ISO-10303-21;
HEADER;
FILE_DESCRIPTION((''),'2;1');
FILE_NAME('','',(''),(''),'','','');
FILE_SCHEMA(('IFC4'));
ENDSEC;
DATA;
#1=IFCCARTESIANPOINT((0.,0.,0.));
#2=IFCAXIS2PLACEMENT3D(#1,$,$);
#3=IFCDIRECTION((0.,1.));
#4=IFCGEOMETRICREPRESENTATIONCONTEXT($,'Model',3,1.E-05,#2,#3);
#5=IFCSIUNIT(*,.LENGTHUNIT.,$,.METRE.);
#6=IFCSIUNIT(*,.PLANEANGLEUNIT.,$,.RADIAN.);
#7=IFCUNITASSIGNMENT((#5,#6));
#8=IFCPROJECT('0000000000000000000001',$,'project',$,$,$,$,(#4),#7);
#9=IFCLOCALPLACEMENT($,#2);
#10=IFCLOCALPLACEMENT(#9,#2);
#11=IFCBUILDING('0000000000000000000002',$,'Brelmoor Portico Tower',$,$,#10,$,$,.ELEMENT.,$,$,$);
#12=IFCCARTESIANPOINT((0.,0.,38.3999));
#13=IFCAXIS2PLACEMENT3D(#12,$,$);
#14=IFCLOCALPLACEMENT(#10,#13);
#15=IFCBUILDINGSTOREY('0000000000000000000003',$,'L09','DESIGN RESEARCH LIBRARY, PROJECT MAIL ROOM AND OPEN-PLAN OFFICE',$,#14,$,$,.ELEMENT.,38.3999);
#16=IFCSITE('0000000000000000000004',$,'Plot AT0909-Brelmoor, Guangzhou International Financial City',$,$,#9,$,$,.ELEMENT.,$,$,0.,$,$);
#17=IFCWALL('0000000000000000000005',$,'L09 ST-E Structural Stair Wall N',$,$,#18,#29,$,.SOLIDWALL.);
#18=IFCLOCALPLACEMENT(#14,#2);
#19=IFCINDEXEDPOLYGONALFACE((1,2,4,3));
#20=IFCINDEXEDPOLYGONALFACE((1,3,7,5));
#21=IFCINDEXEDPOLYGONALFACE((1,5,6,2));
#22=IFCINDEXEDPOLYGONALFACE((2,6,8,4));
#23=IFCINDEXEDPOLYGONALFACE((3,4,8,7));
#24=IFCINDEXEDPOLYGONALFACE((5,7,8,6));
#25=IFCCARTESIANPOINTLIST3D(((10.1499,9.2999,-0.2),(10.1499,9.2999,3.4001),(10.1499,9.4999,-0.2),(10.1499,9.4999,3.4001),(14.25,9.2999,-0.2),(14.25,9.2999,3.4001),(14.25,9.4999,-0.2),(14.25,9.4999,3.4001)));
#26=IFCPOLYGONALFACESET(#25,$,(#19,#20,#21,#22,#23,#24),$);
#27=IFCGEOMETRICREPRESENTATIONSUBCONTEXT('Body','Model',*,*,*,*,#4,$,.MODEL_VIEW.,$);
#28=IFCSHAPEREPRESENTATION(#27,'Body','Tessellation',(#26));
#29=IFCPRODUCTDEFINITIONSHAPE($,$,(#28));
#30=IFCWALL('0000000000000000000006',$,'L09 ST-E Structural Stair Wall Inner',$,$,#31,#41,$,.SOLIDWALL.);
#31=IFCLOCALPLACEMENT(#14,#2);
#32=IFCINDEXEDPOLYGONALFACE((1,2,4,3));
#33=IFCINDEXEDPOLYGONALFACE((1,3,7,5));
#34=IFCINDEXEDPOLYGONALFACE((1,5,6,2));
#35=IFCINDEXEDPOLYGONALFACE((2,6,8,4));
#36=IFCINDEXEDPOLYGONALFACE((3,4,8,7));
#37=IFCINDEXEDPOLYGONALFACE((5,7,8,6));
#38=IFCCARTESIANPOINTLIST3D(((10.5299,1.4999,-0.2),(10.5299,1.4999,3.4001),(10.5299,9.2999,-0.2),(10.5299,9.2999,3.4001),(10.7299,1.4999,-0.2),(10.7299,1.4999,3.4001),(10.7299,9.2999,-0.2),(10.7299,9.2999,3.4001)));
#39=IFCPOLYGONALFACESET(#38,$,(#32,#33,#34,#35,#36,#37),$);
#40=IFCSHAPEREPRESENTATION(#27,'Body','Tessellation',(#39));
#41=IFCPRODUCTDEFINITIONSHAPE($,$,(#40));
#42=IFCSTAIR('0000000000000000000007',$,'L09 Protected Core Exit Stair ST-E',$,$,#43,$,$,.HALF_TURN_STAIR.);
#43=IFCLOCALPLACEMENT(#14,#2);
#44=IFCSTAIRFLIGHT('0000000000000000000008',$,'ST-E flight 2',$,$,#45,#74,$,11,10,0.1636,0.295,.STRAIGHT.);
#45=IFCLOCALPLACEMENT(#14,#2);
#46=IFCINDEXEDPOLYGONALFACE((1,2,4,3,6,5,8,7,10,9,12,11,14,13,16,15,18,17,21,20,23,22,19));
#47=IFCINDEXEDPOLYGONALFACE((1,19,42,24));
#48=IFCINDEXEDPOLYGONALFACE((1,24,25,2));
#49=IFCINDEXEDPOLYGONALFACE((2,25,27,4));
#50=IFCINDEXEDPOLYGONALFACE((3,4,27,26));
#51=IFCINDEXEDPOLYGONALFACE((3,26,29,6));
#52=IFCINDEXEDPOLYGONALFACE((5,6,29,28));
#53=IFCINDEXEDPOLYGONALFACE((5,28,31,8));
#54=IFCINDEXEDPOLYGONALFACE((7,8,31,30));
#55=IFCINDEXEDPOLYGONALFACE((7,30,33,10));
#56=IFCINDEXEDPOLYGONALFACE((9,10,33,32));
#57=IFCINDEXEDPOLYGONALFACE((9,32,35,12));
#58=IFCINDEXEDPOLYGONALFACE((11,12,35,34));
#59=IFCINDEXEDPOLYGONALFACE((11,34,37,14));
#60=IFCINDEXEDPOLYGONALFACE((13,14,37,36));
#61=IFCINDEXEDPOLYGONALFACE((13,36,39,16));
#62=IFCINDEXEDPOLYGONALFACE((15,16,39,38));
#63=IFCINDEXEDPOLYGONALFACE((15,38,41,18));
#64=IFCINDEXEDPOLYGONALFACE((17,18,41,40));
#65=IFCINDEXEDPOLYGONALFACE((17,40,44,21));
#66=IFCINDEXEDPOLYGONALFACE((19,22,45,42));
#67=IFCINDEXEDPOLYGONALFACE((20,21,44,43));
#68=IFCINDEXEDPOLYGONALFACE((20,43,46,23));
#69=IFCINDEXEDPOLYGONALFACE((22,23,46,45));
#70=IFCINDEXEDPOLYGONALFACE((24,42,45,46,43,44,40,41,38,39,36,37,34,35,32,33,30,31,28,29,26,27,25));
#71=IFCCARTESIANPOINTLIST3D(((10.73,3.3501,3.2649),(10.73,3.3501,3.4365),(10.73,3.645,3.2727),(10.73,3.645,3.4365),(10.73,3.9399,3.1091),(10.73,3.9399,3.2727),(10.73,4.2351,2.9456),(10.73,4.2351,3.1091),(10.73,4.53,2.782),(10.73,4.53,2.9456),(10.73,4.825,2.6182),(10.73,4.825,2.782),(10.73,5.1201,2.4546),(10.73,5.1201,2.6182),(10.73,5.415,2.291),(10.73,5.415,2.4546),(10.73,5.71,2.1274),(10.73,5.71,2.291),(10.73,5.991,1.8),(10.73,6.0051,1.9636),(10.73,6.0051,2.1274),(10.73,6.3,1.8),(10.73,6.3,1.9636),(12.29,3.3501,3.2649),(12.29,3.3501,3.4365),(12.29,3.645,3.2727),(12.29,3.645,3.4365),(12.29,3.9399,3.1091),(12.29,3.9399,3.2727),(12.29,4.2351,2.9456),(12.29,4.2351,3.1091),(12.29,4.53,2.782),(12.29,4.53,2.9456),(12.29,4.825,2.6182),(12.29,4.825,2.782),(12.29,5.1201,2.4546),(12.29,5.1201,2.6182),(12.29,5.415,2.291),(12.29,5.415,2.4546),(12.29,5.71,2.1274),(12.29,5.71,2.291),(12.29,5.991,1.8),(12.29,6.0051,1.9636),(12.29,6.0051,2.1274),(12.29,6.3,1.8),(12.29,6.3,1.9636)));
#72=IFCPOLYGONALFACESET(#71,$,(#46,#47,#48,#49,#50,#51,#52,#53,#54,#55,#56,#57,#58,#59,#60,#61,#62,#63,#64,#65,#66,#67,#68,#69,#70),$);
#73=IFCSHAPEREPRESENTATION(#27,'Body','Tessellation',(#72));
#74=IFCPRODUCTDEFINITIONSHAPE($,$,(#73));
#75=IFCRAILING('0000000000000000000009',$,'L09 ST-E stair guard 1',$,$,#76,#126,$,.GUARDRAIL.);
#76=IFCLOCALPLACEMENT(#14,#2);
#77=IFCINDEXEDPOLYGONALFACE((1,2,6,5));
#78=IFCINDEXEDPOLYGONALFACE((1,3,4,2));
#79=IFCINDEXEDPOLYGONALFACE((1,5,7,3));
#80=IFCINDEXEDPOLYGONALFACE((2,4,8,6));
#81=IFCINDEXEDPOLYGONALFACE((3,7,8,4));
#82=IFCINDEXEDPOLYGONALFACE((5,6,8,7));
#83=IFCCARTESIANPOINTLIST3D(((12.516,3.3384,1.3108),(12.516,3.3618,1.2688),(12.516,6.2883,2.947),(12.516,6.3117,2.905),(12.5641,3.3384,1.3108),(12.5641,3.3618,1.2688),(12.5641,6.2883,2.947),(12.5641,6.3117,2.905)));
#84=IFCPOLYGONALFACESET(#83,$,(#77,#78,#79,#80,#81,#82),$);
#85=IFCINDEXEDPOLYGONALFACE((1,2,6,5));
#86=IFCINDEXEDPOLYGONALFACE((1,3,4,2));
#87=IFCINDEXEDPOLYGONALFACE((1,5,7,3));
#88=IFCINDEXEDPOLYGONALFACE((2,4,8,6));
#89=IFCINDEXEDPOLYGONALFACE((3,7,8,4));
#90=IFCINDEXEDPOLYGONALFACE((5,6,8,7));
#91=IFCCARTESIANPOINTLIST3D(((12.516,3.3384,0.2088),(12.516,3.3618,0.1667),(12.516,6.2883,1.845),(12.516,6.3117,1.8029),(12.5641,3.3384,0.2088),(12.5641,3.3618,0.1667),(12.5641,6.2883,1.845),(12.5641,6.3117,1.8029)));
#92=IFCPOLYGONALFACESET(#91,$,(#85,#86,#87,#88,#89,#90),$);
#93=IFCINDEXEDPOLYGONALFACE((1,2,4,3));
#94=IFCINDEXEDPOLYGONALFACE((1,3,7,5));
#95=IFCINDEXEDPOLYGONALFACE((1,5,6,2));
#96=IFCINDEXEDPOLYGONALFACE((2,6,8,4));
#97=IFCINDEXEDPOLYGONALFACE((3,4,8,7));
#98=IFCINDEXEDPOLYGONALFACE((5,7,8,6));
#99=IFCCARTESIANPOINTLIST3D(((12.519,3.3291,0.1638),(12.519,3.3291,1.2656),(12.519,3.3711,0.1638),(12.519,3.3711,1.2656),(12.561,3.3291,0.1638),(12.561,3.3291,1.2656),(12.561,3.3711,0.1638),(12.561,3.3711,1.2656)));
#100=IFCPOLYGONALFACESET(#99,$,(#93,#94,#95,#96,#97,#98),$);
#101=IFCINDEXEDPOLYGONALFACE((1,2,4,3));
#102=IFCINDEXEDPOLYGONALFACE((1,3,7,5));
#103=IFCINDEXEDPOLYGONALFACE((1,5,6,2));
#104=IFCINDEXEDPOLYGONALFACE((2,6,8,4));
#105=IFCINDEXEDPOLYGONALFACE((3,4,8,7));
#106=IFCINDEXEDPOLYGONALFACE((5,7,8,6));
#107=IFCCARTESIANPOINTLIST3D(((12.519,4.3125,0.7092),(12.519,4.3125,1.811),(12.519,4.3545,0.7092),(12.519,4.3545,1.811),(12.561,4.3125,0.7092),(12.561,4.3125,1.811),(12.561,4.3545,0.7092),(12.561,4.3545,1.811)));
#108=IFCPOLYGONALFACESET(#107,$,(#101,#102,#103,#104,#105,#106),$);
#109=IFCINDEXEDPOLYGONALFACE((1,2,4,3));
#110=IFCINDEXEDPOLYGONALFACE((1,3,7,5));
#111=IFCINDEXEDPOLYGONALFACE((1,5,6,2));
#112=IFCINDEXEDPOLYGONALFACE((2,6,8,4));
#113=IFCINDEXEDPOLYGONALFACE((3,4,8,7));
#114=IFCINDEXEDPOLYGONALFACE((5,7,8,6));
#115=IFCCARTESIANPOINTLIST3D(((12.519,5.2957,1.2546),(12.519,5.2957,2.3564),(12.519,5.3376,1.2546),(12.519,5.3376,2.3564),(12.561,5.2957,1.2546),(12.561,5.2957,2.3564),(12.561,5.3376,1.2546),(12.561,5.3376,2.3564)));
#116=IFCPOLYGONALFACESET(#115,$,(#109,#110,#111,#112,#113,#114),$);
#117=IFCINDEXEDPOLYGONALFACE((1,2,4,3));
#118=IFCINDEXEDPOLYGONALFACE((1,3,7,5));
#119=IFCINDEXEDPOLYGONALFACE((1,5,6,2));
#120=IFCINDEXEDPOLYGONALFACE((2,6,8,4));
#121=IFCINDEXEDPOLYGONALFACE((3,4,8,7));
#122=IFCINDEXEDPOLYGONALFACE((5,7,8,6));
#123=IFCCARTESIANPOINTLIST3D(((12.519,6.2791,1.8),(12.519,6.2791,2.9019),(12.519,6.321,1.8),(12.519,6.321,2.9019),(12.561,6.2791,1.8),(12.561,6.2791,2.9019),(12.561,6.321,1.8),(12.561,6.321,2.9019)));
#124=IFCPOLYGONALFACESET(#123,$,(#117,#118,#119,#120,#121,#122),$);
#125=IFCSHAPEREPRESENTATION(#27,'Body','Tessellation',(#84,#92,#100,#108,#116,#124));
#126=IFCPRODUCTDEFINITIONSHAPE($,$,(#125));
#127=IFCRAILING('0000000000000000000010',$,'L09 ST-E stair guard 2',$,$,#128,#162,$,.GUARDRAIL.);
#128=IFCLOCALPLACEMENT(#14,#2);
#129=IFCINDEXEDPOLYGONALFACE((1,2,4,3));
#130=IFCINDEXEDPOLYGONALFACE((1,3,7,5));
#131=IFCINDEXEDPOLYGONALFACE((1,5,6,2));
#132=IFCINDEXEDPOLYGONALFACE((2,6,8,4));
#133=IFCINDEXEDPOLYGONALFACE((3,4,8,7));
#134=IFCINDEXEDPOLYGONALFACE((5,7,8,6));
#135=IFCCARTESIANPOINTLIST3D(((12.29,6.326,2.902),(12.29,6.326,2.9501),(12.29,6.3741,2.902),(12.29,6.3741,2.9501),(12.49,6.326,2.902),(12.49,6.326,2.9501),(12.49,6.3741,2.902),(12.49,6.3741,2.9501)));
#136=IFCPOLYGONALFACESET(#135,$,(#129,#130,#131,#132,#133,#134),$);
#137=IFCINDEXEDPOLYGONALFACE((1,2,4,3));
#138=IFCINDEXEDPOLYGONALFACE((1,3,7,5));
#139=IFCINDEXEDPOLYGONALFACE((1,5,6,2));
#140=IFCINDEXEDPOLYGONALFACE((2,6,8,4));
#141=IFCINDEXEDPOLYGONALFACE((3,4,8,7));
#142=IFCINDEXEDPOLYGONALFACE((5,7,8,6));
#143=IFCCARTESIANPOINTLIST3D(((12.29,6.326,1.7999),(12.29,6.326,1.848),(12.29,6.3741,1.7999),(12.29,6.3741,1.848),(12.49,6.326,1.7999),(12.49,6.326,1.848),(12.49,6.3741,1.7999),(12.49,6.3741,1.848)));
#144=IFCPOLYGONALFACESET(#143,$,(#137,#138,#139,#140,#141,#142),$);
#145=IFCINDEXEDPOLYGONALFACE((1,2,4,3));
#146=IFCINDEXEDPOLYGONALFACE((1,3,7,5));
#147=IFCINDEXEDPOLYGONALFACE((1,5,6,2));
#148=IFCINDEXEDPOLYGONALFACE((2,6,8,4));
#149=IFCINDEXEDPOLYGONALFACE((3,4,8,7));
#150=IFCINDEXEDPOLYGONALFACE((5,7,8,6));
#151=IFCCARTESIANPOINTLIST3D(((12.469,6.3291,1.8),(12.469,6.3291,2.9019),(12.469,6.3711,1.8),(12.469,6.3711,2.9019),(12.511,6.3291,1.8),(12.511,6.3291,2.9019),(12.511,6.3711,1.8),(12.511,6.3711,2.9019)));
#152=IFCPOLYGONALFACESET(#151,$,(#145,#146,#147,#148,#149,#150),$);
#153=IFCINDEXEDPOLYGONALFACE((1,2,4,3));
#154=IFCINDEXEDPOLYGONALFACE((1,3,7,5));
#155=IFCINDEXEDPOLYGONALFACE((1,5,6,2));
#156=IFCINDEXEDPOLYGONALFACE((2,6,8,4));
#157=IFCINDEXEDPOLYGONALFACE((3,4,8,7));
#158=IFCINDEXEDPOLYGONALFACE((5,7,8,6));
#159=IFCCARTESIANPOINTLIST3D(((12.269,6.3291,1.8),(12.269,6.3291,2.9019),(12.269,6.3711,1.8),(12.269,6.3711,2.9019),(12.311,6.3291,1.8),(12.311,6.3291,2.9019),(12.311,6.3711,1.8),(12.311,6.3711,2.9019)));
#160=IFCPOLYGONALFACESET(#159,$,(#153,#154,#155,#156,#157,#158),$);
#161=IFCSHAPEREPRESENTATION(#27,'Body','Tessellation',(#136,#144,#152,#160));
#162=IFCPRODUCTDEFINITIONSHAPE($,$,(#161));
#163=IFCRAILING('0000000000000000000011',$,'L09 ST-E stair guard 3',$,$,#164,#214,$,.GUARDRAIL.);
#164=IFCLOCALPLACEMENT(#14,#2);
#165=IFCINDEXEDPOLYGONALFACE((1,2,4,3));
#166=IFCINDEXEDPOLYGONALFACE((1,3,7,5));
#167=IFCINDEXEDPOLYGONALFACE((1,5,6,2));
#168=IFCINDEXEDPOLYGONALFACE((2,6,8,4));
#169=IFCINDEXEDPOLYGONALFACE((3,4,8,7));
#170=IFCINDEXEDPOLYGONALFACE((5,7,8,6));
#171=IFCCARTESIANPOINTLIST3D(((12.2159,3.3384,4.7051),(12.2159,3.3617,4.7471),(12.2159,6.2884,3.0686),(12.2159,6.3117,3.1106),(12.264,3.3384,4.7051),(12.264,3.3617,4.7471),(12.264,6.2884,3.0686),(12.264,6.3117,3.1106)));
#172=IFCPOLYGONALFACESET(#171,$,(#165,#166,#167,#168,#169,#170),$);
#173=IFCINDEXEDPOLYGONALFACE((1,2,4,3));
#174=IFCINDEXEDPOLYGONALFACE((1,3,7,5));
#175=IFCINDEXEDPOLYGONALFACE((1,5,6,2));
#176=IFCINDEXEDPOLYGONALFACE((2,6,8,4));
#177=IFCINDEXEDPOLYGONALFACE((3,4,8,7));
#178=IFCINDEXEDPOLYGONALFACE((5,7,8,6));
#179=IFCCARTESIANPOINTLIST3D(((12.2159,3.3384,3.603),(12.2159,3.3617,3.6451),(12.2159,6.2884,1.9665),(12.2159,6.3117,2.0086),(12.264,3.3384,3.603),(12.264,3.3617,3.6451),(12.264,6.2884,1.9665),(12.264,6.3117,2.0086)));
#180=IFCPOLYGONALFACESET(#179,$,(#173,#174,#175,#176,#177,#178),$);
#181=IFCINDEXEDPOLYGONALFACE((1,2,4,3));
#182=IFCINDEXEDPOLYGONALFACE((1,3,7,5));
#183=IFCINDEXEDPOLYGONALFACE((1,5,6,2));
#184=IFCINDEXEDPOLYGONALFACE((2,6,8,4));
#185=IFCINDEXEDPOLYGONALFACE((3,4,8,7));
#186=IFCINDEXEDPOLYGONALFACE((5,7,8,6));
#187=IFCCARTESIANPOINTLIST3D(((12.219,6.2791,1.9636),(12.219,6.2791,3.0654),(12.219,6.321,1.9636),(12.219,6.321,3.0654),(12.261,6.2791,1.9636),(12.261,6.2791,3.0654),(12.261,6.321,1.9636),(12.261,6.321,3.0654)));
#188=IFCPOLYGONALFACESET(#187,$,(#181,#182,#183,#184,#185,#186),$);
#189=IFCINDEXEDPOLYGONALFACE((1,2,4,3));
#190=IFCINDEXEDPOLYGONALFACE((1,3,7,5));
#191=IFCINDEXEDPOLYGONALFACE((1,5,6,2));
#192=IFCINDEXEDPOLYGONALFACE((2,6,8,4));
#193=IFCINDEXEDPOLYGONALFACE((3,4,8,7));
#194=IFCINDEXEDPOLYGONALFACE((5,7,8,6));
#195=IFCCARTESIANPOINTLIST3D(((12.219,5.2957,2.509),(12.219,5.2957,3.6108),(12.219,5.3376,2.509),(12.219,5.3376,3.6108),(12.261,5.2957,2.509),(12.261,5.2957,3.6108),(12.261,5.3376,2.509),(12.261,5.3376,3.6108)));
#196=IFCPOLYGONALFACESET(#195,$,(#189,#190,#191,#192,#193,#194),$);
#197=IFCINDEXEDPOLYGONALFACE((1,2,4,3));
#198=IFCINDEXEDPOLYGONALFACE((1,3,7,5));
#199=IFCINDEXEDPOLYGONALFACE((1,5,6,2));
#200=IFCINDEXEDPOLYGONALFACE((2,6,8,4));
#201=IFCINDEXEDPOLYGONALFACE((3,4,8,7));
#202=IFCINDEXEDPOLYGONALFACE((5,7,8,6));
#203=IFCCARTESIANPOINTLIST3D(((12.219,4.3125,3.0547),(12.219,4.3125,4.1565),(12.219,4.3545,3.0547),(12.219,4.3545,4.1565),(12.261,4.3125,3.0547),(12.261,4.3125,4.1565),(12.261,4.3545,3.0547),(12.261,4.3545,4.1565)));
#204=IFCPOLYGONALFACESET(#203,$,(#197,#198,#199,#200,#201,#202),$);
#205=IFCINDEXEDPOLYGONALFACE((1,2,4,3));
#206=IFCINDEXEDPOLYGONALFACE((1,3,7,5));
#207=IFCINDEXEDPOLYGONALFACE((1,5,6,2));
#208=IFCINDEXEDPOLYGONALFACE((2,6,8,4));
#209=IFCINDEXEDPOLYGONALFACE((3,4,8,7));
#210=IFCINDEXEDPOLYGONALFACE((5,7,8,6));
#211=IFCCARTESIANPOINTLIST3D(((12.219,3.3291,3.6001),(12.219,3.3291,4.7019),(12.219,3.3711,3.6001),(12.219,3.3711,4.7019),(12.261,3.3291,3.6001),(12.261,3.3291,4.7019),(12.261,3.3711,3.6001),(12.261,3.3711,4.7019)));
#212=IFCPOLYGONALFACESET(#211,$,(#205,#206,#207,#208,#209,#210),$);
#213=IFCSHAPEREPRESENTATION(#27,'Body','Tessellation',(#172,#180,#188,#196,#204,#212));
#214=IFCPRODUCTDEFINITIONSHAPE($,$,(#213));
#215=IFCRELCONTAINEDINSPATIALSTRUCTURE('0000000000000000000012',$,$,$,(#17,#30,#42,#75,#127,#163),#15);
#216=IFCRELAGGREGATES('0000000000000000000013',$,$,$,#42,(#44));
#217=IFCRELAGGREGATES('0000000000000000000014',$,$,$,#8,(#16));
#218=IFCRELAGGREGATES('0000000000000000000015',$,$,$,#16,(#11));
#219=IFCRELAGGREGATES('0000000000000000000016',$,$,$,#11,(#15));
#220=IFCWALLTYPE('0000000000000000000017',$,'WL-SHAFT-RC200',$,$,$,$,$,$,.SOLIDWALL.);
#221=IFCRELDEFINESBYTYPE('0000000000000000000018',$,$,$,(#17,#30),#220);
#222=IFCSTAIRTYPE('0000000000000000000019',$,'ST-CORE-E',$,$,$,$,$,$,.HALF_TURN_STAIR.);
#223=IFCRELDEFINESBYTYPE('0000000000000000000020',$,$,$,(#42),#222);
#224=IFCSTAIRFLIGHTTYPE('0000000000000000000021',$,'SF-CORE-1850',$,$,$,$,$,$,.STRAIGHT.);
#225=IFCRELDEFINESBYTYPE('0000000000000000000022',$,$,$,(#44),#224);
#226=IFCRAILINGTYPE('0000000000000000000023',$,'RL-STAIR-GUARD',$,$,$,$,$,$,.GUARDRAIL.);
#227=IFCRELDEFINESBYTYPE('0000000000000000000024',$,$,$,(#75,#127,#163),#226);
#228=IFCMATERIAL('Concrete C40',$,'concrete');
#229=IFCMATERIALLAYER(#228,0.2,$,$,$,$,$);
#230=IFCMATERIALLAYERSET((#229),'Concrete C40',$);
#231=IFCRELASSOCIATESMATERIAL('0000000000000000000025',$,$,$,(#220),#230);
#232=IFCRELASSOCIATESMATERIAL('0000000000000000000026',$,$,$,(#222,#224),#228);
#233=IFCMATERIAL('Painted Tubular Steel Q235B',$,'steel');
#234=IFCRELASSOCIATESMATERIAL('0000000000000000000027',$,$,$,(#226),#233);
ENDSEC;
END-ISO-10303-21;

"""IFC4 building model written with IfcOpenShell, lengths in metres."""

from ifc_helpers import new_model, si_unit, direction, frame, frame_2d, origin, origin_2d, place, context, subcontext, project, spatial, polyline, rectangle, outline, extrude, material, layer, layer_set, type_object, element, aggregate, save


model = new_model("IFC4")

# Units and contexts
model_context = context("Model", 3, precision=1e-05, world=origin(), true_north=direction((0.0, 1.0)))
body_context = subcontext(model_context, "Body", "Model", "MODEL_VIEW")
ifc_project = project(units=[si_unit("LENGTHUNIT", "METRE"), si_unit("PLANEANGLEUNIT", "RADIAN")], contexts=[model_context])

# Site, building, storey
site_placement = place(None, origin())
site = spatial("IfcSite", under=ifc_project, at=site_placement, Name="Plot AT0909-Brelmoor, Guangzhou International Financial City", CompositionType="ELEMENT", RefElevation=0.0)
building_placement = place(site_placement, origin())
building = spatial("IfcBuilding", under=site, at=building_placement, Name="Brelmoor Portico Tower", CompositionType="ELEMENT")
storey_placement = place(building_placement, frame((0.0, 0.0, 38.3999)))
storey = spatial("IfcBuildingStorey", under=building, at=storey_placement, Name="L09", Description="DESIGN RESEARCH LIBRARY, PROJECT MAIL ROOM AND OPEN-PLAN OFFICE", CompositionType="ELEMENT", Elevation=38.3999)

# Shared definitions
ifc_material_1 = material(Name="Concrete C40", Category="concrete")
ifc_layer_1 = layer(ifc_material_1, 0.2)
ifc_layer_set_1 = layer_set([ifc_layer_1], Name="Concrete C40")
wall_type_1 = type_object("IfcWallType", Name="WL-SHAFT-RC200", PredefinedType="SOLIDWALL", material=ifc_layer_set_1)

# Walls
wall_1_placement = place(storey_placement, frame((10.1499, 9.3999, -0.2), z_axis=(0.0, 0.0, 1.0), x_axis=(1.0, 0.0, 0.0)))
element("IfcWall", 1, at=wall_1_placement, inside=storey, type_object=wall_type_1, Name="L09 ST-E Structural Stair Wall N", PredefinedType="SOLIDWALL", context=body_context, shape_type="SweptSolid", body=[
    extrude(rectangle(XDim=4.1001, YDim=0.2, at=frame_2d((2.05, 0.0))), origin(), (0.0, 0.0, 1.0), 3.6001),
])
wall_2_placement = place(storey_placement, frame((10.6299, 1.5, -0.2), z_axis=(0.0, 0.0, 1.0), x_axis=(0.0, 1.0, 0.0)))
element("IfcWall", 2, at=wall_2_placement, inside=storey, type_object=wall_type_1, Name="L09 ST-E Structural Stair Wall Inner", PredefinedType="SOLIDWALL", context=body_context, shape_type="SweptSolid", body=[
    extrude(rectangle(XDim=7.8, YDim=0.2, at=frame_2d((3.8999, 0.0))), origin(), (0.0, 0.0, 1.0), 3.6001),
])

# Stair, stair flight
stair_type = type_object("IfcStairType", Name="ST-CORE-E", PredefinedType="HALF_TURN_STAIR", material=ifc_material_1)
stair_placement = place(storey_placement, origin())
stair = element("IfcStair", 3, at=stair_placement, inside=storey, type_object=stair_type, Name="L09 Protected Core Exit Stair ST-E", PredefinedType="HALF_TURN_STAIR")
stair_flight_type = type_object("IfcStairFlightType", Name="SF-CORE-1850", PredefinedType="STRAIGHT", material=ifc_material_1)
stair_flight_placement = place(storey_placement, frame((11.51, 6.3, 1.8), z_axis=(0.0, 0.0, 1.0), x_axis=(0.0, -1.0, 0.0)))
stair_flight = element("IfcStairFlight", 4, at=stair_flight_placement, type_object=stair_flight_type, Name="ST-E flight 2", NumberOfRisers=11, NumberOfTreads=10, PredefinedType="STRAIGHT", RiserHeight=0.1636, TreadLength=0.295, context=body_context, shape_type="SweptSolid", body=[
    extrude(outline(polyline([(0.0, 0.0), (0.0, 0.1636), (0.2949, 0.1636), (0.2949, 0.3274), (0.5901, 0.3274), (0.5901, 0.491), (0.885, 0.491), (0.885, 0.6545), (1.1799, 0.6545), (1.1799, 0.8181), (1.4751, 0.8181), (1.4751, 0.9819), (1.77, 0.9819), (1.77, 1.1455), (2.0649, 1.1455), (2.0649, 1.3091), (2.3601, 1.3091), (2.3601, 1.4727), (2.655, 1.4727), (2.655, 1.6365), (2.95, 1.6365), (2.95, 1.8), (2.95, 1.4648), (0.3091, 0.0), (0.0, 0.0)])), frame((0.0, 0.78, 0.0), z_axis=(0.0, -1.0, 0.0), x_axis=(1.0, 0.0, 0.0)), (0.0, 0.0, 1.0), 1.5601),
])
aggregate(stair, [stair_flight])

# Railings
ifc_material_2 = material(Name="Painted Tubular Steel Q235B", Category="steel")
railing_type_1 = type_object("IfcRailingType", Name="RL-STAIR-GUARD", PredefinedType="GUARDRAIL", material=ifc_material_2)
railing_1_placement = place(storey_placement, frame((12.54, 3.3501, 0.1638)))
element("IfcRailing", 5, at=railing_1_placement, inside=storey, type_object=railing_type_1, Name="L09 ST-E stair guard 1", PredefinedType="GUARDRAIL", context=body_context, shape_type="SweptSolid", body=[
    extrude(rectangle(XDim=0.0481, YDim=0.0481, at=origin_2d()), frame((0.0, 0.0, 1.126), z_axis=(0.0, 0.874488, 0.485047), x_axis=(-1.0, 0.0, 0.0)), (0.0, 0.0, 1.0), 3.3733),
    extrude(rectangle(XDim=0.0481, YDim=0.0481, at=origin_2d()), frame((0.0, 0.0, 0.0239), z_axis=(0.0, 0.874488, 0.485047), x_axis=(-1.0, 0.0, 0.0)), (0.0, 0.0, 1.0), 3.3733),
    extrude(rectangle(XDim=0.042, YDim=0.042, at=origin_2d()), origin(), (0.0, 0.0, 1.0), 1.1018),
    extrude(rectangle(XDim=0.042, YDim=0.042, at=origin_2d()), frame((0.0, 0.9834, 0.5454)), (0.0, 0.0, 1.0), 1.1018),
    extrude(rectangle(XDim=0.042, YDim=0.042, at=origin_2d()), frame((0.0, 1.9666, 1.0908)), (0.0, 0.0, 1.0), 1.1018),
    extrude(rectangle(XDim=0.042, YDim=0.042, at=origin_2d()), frame((0.0, 2.95, 1.6362)), (0.0, 0.0, 1.0), 1.1018),
])
railing_2_placement = place(storey_placement, frame((12.49, 6.3501, 1.8)))
element("IfcRailing", 6, at=railing_2_placement, inside=storey, type_object=railing_type_1, Name="L09 ST-E stair guard 2", PredefinedType="GUARDRAIL", context=body_context, shape_type="SweptSolid", body=[
    extrude(rectangle(XDim=0.0481, YDim=0.0481, at=origin_2d()), frame((0.0, 0.0, 1.126), z_axis=(-1.0, 0.0, 0.0), x_axis=(0.0, -1.0, 0.0)), (0.0, 0.0, 1.0), 0.2),
    extrude(rectangle(XDim=0.0481, YDim=0.0481, at=origin_2d()), frame((0.0, 0.0, 0.0239), z_axis=(-1.0, 0.0, 0.0), x_axis=(0.0, -1.0, 0.0)), (0.0, 0.0, 1.0), 0.2),
    extrude(rectangle(XDim=0.042, YDim=0.042, at=origin_2d()), origin(), (0.0, 0.0, 1.0), 1.1018),
    extrude(rectangle(XDim=0.042, YDim=0.042, at=origin_2d()), frame((-0.2, 0.0, 0.0)), (0.0, 0.0, 1.0), 1.1018),
])
railing_3_placement = place(storey_placement, frame((12.24, 6.3, 1.9636)))
element("IfcRailing", 7, at=railing_3_placement, inside=storey, type_object=railing_type_1, Name="L09 ST-E stair guard 3", PredefinedType="GUARDRAIL", context=body_context, shape_type="SweptSolid", body=[
    extrude(rectangle(XDim=0.0481, YDim=0.0481, at=origin_2d()), frame((0.0, 0.0, 1.126), z_axis=(0.0, -0.874458, 0.485102), x_axis=(1.0, 0.0, 0.0)), (0.0, 0.0, 1.0), 3.3735),
    extrude(rectangle(XDim=0.0481, YDim=0.0481, at=origin_2d()), frame((0.0, 0.0, 0.0239), z_axis=(0.0, -0.874458, 0.485102), x_axis=(1.0, 0.0, 0.0)), (0.0, 0.0, 1.0), 3.3735),
    extrude(rectangle(XDim=0.042, YDim=0.042, at=origin_2d()), origin(), (0.0, 0.0, 1.0), 1.1018),
    extrude(rectangle(XDim=0.042, YDim=0.042, at=origin_2d()), frame((0.0, -0.9834, 0.5454)), (0.0, 0.0, 1.0), 1.1018),
    extrude(rectangle(XDim=0.042, YDim=0.042, at=origin_2d()), frame((0.0, -1.9666, 1.0911)), (0.0, 0.0, 1.0), 1.1018),
    extrude(rectangle(XDim=0.042, YDim=0.042, at=origin_2d()), frame((0.0, -2.95, 1.6365)), (0.0, 0.0, 1.0), 1.1018),
])

save(model, "model.ifc")
